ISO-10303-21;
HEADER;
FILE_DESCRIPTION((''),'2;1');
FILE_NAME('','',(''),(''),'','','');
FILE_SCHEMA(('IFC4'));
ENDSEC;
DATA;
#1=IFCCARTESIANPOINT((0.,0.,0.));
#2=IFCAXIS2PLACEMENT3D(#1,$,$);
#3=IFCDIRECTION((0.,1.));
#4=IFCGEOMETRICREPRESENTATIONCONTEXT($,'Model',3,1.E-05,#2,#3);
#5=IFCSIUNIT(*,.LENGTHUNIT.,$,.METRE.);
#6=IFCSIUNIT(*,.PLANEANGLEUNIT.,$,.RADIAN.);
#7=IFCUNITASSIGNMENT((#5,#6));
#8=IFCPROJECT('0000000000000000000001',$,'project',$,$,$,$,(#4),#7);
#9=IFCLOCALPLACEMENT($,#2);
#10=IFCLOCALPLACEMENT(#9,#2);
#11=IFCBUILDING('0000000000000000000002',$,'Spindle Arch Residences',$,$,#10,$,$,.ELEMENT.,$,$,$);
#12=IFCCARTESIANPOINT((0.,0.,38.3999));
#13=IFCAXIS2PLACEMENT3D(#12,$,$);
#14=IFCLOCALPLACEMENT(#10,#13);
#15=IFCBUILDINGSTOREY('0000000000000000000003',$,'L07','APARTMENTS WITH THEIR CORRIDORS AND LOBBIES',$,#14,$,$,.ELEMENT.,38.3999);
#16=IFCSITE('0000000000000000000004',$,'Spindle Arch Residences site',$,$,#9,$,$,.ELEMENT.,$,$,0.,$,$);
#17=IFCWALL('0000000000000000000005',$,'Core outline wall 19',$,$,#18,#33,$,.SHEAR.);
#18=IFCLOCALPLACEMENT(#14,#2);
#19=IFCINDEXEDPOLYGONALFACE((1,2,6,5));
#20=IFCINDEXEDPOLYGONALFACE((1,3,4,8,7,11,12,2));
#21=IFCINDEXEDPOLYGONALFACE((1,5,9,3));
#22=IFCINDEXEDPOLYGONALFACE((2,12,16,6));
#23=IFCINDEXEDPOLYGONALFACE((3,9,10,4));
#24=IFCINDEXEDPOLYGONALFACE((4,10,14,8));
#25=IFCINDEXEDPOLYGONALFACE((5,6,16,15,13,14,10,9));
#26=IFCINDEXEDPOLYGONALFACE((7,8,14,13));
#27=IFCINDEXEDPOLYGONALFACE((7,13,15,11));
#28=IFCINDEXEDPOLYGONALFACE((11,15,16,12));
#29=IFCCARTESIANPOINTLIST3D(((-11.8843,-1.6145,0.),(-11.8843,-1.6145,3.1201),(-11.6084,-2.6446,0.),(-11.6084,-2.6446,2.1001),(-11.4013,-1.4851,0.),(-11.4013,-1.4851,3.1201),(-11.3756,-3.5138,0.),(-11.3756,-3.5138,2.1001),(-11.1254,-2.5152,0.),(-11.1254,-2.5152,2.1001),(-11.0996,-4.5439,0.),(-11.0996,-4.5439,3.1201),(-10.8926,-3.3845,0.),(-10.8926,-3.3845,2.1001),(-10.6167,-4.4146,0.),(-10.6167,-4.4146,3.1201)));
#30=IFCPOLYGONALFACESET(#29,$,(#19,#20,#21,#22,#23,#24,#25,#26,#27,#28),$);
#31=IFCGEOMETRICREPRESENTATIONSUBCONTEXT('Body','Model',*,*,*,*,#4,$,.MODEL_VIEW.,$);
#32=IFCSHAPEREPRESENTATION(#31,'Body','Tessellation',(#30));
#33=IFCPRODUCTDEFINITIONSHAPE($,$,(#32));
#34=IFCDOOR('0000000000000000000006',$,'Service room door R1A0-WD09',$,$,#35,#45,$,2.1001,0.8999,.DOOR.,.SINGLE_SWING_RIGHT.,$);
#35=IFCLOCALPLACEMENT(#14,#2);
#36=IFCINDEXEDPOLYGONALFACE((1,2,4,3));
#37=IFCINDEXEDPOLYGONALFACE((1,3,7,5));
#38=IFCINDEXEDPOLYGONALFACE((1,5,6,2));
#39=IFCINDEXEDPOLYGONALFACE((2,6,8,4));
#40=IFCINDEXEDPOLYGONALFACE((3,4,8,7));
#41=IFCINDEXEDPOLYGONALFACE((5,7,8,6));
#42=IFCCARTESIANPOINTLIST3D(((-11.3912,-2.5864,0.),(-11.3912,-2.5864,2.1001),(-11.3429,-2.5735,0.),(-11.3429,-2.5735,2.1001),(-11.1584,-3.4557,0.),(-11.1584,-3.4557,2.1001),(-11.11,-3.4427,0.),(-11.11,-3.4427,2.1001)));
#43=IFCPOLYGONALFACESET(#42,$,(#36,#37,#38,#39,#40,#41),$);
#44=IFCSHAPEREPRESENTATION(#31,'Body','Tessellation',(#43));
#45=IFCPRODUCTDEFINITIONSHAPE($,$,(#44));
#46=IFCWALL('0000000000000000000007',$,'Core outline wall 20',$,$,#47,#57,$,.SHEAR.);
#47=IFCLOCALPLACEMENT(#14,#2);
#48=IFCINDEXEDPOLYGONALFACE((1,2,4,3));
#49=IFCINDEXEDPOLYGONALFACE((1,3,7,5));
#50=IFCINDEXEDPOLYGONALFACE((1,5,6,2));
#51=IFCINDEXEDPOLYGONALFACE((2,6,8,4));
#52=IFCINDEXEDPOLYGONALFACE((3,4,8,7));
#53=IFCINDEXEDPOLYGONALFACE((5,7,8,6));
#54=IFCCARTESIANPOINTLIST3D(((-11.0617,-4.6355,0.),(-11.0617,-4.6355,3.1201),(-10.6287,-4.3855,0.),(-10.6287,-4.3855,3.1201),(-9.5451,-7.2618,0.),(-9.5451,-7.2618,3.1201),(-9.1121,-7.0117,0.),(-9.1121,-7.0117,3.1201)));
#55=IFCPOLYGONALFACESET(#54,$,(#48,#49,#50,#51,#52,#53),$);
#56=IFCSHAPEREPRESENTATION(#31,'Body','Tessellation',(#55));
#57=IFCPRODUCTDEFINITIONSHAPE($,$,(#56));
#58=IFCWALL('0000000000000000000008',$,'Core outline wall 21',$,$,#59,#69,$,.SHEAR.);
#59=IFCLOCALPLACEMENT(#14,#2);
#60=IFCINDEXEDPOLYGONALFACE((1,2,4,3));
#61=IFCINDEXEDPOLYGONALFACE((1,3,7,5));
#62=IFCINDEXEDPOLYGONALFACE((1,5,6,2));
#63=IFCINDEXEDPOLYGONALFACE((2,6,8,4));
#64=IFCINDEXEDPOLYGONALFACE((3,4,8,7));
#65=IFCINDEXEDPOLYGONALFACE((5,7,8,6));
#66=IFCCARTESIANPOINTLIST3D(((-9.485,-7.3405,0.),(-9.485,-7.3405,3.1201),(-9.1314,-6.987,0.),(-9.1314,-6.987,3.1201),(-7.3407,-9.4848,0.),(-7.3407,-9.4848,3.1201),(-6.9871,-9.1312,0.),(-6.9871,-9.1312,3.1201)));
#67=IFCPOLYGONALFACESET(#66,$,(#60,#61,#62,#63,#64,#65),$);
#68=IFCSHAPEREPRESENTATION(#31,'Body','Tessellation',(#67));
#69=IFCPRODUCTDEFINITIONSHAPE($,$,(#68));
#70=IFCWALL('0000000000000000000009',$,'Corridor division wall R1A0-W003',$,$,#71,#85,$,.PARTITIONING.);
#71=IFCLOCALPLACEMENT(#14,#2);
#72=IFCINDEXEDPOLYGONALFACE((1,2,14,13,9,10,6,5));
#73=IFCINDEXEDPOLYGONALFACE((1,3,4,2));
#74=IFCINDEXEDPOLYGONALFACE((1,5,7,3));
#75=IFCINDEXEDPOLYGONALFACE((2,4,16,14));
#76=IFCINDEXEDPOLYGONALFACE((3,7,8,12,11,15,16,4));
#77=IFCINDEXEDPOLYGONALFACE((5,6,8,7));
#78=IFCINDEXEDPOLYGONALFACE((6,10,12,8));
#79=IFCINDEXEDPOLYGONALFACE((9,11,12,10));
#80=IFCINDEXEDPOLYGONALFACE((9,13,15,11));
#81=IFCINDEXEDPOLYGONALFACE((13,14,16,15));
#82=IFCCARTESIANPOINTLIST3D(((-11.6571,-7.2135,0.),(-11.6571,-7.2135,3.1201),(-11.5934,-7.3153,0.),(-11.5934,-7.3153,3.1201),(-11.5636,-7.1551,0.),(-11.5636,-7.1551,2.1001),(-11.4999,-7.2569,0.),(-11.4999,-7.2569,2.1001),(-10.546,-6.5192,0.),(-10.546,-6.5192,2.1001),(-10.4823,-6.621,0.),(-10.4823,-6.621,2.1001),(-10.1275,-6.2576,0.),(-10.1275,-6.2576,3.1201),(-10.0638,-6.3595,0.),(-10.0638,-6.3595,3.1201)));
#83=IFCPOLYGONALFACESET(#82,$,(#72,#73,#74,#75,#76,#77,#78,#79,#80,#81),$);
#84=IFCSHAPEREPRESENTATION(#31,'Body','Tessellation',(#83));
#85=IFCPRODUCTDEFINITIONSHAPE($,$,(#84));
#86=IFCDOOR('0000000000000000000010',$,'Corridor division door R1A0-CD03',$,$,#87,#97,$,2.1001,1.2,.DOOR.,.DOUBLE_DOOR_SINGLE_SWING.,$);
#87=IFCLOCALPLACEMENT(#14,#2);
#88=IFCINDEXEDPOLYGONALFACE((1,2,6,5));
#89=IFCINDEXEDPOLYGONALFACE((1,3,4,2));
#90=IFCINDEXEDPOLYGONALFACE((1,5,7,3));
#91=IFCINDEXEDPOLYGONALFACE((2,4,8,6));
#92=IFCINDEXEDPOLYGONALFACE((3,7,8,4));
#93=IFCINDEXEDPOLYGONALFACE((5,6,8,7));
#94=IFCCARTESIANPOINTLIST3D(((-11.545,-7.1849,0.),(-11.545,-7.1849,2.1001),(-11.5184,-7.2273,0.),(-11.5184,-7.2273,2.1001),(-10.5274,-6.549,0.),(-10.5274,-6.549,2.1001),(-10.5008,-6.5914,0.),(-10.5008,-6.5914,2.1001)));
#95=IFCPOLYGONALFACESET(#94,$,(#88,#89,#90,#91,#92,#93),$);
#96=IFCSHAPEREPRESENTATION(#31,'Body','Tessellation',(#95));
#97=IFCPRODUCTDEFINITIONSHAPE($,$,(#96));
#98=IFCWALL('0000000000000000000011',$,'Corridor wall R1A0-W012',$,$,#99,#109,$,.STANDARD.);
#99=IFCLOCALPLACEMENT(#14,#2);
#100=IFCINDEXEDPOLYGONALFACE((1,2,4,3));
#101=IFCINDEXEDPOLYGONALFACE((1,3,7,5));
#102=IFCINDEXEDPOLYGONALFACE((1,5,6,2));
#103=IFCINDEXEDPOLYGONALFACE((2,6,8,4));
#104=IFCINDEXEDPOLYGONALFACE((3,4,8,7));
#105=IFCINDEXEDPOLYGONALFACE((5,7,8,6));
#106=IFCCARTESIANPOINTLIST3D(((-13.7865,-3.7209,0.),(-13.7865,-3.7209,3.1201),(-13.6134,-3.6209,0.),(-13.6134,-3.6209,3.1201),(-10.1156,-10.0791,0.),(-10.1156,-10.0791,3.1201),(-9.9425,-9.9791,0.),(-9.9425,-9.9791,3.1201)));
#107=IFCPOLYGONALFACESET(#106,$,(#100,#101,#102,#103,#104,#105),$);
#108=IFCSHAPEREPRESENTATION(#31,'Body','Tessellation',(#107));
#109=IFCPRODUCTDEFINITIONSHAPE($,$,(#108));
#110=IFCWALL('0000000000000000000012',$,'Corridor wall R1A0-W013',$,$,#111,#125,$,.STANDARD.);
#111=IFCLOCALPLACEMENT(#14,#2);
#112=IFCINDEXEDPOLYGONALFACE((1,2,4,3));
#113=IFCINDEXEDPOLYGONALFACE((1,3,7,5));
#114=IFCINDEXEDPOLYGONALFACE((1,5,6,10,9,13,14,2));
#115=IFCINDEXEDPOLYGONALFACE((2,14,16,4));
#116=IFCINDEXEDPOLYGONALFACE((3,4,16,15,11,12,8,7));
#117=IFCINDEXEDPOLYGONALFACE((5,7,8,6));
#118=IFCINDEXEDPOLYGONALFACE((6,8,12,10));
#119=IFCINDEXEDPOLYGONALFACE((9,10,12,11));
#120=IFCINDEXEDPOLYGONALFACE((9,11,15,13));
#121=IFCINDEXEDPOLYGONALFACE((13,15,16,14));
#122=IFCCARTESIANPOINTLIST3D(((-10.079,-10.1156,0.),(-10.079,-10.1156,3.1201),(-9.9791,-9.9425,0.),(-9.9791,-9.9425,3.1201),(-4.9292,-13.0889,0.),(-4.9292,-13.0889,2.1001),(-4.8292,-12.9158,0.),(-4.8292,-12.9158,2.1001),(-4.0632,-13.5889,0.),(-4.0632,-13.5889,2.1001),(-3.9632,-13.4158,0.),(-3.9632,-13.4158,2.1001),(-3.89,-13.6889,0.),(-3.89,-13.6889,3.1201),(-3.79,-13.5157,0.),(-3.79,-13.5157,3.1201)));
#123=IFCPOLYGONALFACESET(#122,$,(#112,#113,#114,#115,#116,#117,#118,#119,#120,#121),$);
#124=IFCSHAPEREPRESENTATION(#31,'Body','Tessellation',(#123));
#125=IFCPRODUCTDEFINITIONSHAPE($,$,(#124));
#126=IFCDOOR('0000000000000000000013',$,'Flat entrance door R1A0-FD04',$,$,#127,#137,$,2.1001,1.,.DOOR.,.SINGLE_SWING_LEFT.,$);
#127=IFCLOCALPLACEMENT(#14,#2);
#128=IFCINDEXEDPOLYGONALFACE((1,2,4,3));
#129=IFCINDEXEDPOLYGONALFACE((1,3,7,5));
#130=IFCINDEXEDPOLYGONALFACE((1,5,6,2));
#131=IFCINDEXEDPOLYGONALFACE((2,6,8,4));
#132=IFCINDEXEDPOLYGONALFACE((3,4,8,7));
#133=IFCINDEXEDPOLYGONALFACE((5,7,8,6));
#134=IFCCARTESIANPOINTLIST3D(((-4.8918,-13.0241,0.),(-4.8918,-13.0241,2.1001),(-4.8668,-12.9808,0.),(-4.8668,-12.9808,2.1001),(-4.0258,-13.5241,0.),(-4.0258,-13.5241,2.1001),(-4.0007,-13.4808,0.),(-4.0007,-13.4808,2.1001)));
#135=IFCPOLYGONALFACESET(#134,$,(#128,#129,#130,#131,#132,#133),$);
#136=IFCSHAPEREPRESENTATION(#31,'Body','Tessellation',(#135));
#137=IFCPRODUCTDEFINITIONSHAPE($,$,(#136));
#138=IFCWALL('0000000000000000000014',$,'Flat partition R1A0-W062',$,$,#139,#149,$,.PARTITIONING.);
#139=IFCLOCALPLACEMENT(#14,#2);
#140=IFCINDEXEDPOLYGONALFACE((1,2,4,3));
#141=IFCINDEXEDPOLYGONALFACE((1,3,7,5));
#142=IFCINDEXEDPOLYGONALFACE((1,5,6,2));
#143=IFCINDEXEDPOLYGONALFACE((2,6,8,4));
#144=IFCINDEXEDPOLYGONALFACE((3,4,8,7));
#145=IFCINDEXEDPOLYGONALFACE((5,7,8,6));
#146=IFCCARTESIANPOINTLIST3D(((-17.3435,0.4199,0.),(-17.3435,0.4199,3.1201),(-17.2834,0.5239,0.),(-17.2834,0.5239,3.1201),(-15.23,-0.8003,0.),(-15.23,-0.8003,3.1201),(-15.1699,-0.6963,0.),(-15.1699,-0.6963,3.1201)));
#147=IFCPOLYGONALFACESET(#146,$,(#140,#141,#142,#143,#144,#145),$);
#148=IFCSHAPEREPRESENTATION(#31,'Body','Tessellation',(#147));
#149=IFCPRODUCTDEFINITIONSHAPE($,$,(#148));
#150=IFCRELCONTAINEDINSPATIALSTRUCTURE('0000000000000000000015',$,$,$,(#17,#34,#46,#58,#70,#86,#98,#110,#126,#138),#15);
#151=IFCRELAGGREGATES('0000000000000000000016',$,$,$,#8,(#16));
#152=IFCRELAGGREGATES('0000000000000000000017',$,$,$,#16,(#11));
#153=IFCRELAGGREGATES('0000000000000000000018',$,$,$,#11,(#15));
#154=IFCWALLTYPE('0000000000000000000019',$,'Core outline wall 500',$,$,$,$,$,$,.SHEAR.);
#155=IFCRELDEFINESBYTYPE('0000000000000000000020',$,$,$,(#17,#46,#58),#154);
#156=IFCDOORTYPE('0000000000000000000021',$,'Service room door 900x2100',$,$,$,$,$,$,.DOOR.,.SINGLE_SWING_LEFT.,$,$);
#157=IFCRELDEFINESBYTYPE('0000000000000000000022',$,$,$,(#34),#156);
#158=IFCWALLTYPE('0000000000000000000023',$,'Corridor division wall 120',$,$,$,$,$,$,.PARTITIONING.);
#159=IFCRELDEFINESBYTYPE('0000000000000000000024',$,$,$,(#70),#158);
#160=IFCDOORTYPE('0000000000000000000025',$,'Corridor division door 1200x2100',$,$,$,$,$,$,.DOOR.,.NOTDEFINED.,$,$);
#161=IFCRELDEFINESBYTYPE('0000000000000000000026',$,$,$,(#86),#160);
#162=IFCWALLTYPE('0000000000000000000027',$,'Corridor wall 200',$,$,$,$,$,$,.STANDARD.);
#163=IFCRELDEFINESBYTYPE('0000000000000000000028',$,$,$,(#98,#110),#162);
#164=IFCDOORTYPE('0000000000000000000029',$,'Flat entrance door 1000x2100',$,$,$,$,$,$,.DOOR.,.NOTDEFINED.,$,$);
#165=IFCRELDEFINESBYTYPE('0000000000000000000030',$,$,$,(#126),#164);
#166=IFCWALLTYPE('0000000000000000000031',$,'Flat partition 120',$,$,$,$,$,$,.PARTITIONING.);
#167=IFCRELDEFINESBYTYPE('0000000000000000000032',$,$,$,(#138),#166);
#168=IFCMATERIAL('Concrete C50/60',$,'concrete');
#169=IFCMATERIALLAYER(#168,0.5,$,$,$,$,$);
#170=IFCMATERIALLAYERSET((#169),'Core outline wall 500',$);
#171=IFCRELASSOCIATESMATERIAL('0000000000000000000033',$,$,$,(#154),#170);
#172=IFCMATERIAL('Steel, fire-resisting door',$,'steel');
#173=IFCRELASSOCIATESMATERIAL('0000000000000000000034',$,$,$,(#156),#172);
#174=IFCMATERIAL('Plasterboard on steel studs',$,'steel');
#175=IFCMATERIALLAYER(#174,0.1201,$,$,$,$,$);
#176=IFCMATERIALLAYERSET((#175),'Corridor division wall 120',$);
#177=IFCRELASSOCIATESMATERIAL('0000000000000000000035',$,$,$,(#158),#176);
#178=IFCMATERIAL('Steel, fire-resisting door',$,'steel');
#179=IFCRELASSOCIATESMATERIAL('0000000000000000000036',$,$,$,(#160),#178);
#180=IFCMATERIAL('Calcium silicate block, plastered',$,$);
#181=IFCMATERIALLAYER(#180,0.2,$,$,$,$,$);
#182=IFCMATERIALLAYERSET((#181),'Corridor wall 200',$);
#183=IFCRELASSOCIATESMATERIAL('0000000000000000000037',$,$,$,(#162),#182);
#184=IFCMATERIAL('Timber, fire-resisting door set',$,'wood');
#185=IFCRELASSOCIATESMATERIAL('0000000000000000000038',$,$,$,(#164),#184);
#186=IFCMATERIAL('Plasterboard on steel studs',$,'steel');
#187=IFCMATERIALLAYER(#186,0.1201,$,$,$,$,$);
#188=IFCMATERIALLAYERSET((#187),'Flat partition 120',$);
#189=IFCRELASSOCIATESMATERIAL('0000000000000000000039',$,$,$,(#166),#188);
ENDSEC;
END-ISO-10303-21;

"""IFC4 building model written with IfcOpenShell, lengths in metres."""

from ifc_helpers import new_model, si_unit, direction, frame, frame_2d, origin, place, context, subcontext, project, spatial, rectangle, extrude, material, layer, layer_set, type_object, element, fill, save


model = new_model("IFC4")

# Units and contexts
model_context = context("Model", 3, precision=1e-05, world=origin(), true_north=direction((0.0, 1.0)))
body_context = subcontext(model_context, "Body", "Model", "MODEL_VIEW")
ifc_project = project(units=[si_unit("LENGTHUNIT", "METRE"), si_unit("PLANEANGLEUNIT", "RADIAN")], contexts=[model_context])

# Site, building, storey
site_placement = place(None, origin())
site = spatial("IfcSite", under=ifc_project, at=site_placement, Name="Spindle Arch Residences site", CompositionType="ELEMENT", RefElevation=0.0)
building_placement = place(site_placement, origin())
building = spatial("IfcBuilding", under=site, at=building_placement, Name="Spindle Arch Residences", CompositionType="ELEMENT")
storey_placement = place(building_placement, frame((0.0, 0.0, 38.3999)))
storey = spatial("IfcBuildingStorey", under=building, at=storey_placement, Name="L07", Description="APARTMENTS WITH THEIR CORRIDORS AND LOBBIES", CompositionType="ELEMENT", Elevation=38.3999)

# Wall, opening, door
ifc_material_1 = material(Name="Concrete C50/60", Category="concrete")
ifc_layer_1 = layer(ifc_material_1, 0.5)
ifc_layer_set_1 = layer_set([ifc_layer_1], Name="Core outline wall 500")
wall_type_1 = type_object("IfcWallType", Name="Core outline wall 500", PredefinedType="SHEAR", material=ifc_layer_set_1)
wall_1_placement = place(storey_placement, frame((-11.6428, -1.5498, 0.0), z_axis=(0.0, 0.0, 1.0), x_axis=(0.258735, -0.965948, 0.0)))
wall_1 = element("IfcWall", 1, at=wall_1_placement, inside=storey, type_object=wall_type_1, Name="Core outline wall 19", PredefinedType="SHEAR", context=body_context, shape_type="SweptSolid", body=[
    extrude(rectangle(XDim=3.0327, YDim=0.5, at=frame_2d((1.5164, 0.0))), origin(), (0.0, 0.0, 1.0), 3.1201),
])
opening_1_placement = place(wall_1_placement, frame((1.0664, 0.0, 0.0)))
opening_1 = element("IfcOpeningElement", 2, at=opening_1_placement, cuts=wall_1, PredefinedType="OPENING", context=body_context, shape_type="SweptSolid", body=[
    extrude(rectangle(XDim=0.8999, YDim=2.1001, at=frame_2d((0.45, 1.05))), frame((0.0, 0.26, 0.0), z_axis=(0.0, -1.0, 0.0), x_axis=(1.0, 0.0, 0.0)), (0.0, 0.0, 1.0), 0.52),
])
ifc_material_2 = material(Name="Steel, fire-resisting door", Category="steel")
door_type_1 = type_object("IfcDoorType", Name="Service room door 900x2100", OperationType="SINGLE_SWING_LEFT", PredefinedType="DOOR", material=ifc_material_2)
door_1_placement = place(opening_1_placement, origin())
door_1 = element("IfcDoor", 3, at=door_1_placement, inside=storey, type_object=door_type_1, Name="Service room door R1A0-WD09", OperationType="SINGLE_SWING_RIGHT", OverallHeight=2.1001, OverallWidth=0.8999, PredefinedType="DOOR", context=body_context, shape_type="SweptSolid", body=[
    extrude(rectangle(XDim=0.8999, YDim=2.1001, at=frame_2d((0.45, 1.05))), frame((0.0, 0.0249, 0.0), z_axis=(0.0, -1.0, 0.0), x_axis=(1.0, 0.0, 0.0)), (0.0, 0.0, 1.0), 0.05),
])
fill(opening_1, door_1)

# Walls
wall_2_placement = place(storey_placement, frame((-10.8452, -4.5105, 0.0), z_axis=(0.0, 0.0, 1.0), x_axis=(0.500087, -0.865975, 0.0)))
element("IfcWall", 4, at=wall_2_placement, inside=storey, type_object=wall_type_1, Name="Core outline wall 20", PredefinedType="SHEAR", context=body_context, shape_type="SweptSolid", body=[
    extrude(rectangle(XDim=3.0327, YDim=0.5, at=frame_2d((1.5164, 0.0))), origin(), (0.0, 0.0, 1.0), 3.1201),
])
wall_3_placement = place(storey_placement, frame((-9.3081, -7.1638, 0.0), z_axis=(0.0, 0.0, 1.0), x_axis=(0.707107, -0.707107, 0.0)))
element("IfcWall", 5, at=wall_3_placement, inside=storey, type_object=wall_type_1, Name="Core outline wall 21", PredefinedType="SHEAR", context=body_context, shape_type="SweptSolid", body=[
    extrude(rectangle(XDim=3.0325, YDim=0.5, at=frame_2d((1.5161, 0.0))), origin(), (0.0, 0.0, 1.0), 3.1201),
])

# Wall, opening, door
ifc_material_3 = material(Name="Plasterboard on steel studs", Category="steel")
ifc_layer_2 = layer(ifc_material_3, 0.1201)
ifc_layer_set_2 = layer_set([ifc_layer_2], Name="Corridor division wall 120")
wall_type_2 = type_object("IfcWallType", Name="Corridor division wall 120", PredefinedType="PARTITIONING", material=ifc_layer_set_2)
wall_4_placement = place(storey_placement, frame((-11.6252, -7.2644, 0.0), z_axis=(0.0, 0.0, 1.0), x_axis=(0.848036, 0.529938, 0.0)))
wall_4 = element("IfcWall", 6, at=wall_4_placement, inside=storey, type_object=wall_type_2, Name="Corridor division wall R1A0-W003", PredefinedType="PARTITIONING", context=body_context, shape_type="SweptSolid", body=[
    extrude(rectangle(XDim=1.8037, YDim=0.1201, at=frame_2d((0.9019, 0.0))), origin(), (0.0, 0.0, 1.0), 3.1201),
])
opening_2_placement = place(wall_4_placement, frame((0.1101, 0.0, 0.0)))
opening_2 = element("IfcOpeningElement", 7, at=opening_2_placement, cuts=wall_4, PredefinedType="OPENING", context=body_context, shape_type="SweptSolid", body=[
    extrude(rectangle(XDim=1.2, YDim=2.1001, at=frame_2d((0.6001, 1.05))), frame((0.0, 0.0701, 0.0), z_axis=(0.0, -1.0, 0.0), x_axis=(1.0, 0.0, 0.0)), (0.0, 0.0, 1.0), 0.1401),
])
ifc_material_4 = material(Name="Steel, fire-resisting door", Category="steel")
door_type_2 = type_object("IfcDoorType", Name="Corridor division door 1200x2100", OperationType="NOTDEFINED", PredefinedType="DOOR", material=ifc_material_4)
door_2_placement = place(opening_2_placement, origin())
door_2 = element("IfcDoor", 8, at=door_2_placement, inside=storey, type_object=door_type_2, Name="Corridor division door R1A0-CD03", OperationType="DOUBLE_DOOR_SINGLE_SWING", OverallHeight=2.1001, OverallWidth=1.2, PredefinedType="DOOR", context=body_context, shape_type="SweptSolid", body=[
    extrude(rectangle(XDim=1.2, YDim=2.1001, at=frame_2d((0.6001, 1.05))), frame((0.0, 0.0249, 0.0), z_axis=(0.0, -1.0, 0.0), x_axis=(1.0, 0.0, 0.0)), (0.0, 0.0, 1.0), 0.05),
])
fill(opening_2, door_2)

# Wall
ifc_material_5 = material(Name="Calcium silicate block, plastered")
ifc_layer_3 = layer(ifc_material_5, 0.2)
ifc_layer_set_3 = layer_set([ifc_layer_3], Name="Corridor wall 200")
wall_type_3 = type_object("IfcWallType", Name="Corridor wall 200", PredefinedType="STANDARD", material=ifc_layer_set_3)
wall_5_placement = place(storey_placement, frame((-13.7, -3.6709, 0.0), z_axis=(0.0, 0.0, 1.0), x_axis=(0.500002, -0.866024, 0.0)))
element("IfcWall", 9, at=wall_5_placement, inside=storey, type_object=wall_type_3, Name="Corridor wall R1A0-W012", PredefinedType="STANDARD", context=body_context, shape_type="SweptSolid", body=[
    extrude(rectangle(XDim=7.3418, YDim=0.2, at=frame_2d((3.6709, 0.0))), origin(), (0.0, 0.0, 1.0), 3.1201),
])

# Wall, opening, door
wall_6_placement = place(storey_placement, frame((-10.0291, -10.0291, 0.0), z_axis=(0.0, 0.0, 1.0), x_axis=(0.866023, -0.500004, 0.0)))
wall_6 = element("IfcWall", 10, at=wall_6_placement, inside=storey, type_object=wall_type_3, Name="Corridor wall R1A0-W013", PredefinedType="STANDARD", context=body_context, shape_type="SweptSolid", body=[
    extrude(rectangle(XDim=7.1465, YDim=0.2, at=frame_2d((3.5732, 0.0))), origin(), (0.0, 0.0, 1.0), 3.1201),
])
opening_3_placement = place(wall_6_placement, frame((5.9465, 0.0, 0.0)))
opening_3 = element("IfcOpeningElement", 11, at=opening_3_placement, cuts=wall_6, PredefinedType="OPENING", context=body_context, shape_type="SweptSolid", body=[
    extrude(rectangle(XDim=1.0, YDim=2.1001, at=frame_2d((0.5, 1.05))), frame((0.0, 0.1099, 0.0), z_axis=(0.0, -1.0, 0.0), x_axis=(1.0, 0.0, 0.0)), (0.0, 0.0, 1.0), 0.22),
])
ifc_material_6 = material(Name="Timber, fire-resisting door set", Category="wood")
door_type_3 = type_object("IfcDoorType", Name="Flat entrance door 1000x2100", OperationType="NOTDEFINED", PredefinedType="DOOR", material=ifc_material_6)
door_3_placement = place(opening_3_placement, origin())
door_3 = element("IfcDoor", 12, at=door_3_placement, inside=storey, type_object=door_type_3, Name="Flat entrance door R1A0-FD04", OperationType="SINGLE_SWING_LEFT", OverallHeight=2.1001, OverallWidth=1.0, PredefinedType="DOOR", context=body_context, shape_type="SweptSolid", body=[
    extrude(rectangle(XDim=1.0, YDim=2.1001, at=frame_2d((0.5, 1.05))), frame((0.0, 0.0249, 0.0), z_axis=(0.0, -1.0, 0.0), x_axis=(1.0, 0.0, 0.0)), (0.0, 0.0, 1.0), 0.05),
])
fill(opening_3, door_3)

# Wall
ifc_material_7 = material(Name="Plasterboard on steel studs", Category="steel")
ifc_layer_4 = layer(ifc_material_7, 0.1201)
ifc_layer_set_4 = layer_set([ifc_layer_4], Name="Flat partition 120")
wall_type_4 = type_object("IfcWallType", Name="Flat partition 120", PredefinedType="PARTITIONING", material=ifc_layer_set_4)
wall_7_placement = place(storey_placement, frame((-15.2, -0.7483, 0.0), z_axis=(0.0, 0.0, 1.0), x_axis=(-0.866031, 0.499991, 0.0)))
element("IfcWall", 13, at=wall_7_placement, inside=storey, type_object=wall_type_4, Name="Flat partition R1A0-W062", PredefinedType="PARTITIONING", context=body_context, shape_type="SweptSolid", body=[
    extrude(rectangle(XDim=2.4404, YDim=0.1201, at=frame_2d((1.2202, 0.0))), origin(), (0.0, 0.0, 1.0), 3.1201),
])

save(model, "model.ifc")
